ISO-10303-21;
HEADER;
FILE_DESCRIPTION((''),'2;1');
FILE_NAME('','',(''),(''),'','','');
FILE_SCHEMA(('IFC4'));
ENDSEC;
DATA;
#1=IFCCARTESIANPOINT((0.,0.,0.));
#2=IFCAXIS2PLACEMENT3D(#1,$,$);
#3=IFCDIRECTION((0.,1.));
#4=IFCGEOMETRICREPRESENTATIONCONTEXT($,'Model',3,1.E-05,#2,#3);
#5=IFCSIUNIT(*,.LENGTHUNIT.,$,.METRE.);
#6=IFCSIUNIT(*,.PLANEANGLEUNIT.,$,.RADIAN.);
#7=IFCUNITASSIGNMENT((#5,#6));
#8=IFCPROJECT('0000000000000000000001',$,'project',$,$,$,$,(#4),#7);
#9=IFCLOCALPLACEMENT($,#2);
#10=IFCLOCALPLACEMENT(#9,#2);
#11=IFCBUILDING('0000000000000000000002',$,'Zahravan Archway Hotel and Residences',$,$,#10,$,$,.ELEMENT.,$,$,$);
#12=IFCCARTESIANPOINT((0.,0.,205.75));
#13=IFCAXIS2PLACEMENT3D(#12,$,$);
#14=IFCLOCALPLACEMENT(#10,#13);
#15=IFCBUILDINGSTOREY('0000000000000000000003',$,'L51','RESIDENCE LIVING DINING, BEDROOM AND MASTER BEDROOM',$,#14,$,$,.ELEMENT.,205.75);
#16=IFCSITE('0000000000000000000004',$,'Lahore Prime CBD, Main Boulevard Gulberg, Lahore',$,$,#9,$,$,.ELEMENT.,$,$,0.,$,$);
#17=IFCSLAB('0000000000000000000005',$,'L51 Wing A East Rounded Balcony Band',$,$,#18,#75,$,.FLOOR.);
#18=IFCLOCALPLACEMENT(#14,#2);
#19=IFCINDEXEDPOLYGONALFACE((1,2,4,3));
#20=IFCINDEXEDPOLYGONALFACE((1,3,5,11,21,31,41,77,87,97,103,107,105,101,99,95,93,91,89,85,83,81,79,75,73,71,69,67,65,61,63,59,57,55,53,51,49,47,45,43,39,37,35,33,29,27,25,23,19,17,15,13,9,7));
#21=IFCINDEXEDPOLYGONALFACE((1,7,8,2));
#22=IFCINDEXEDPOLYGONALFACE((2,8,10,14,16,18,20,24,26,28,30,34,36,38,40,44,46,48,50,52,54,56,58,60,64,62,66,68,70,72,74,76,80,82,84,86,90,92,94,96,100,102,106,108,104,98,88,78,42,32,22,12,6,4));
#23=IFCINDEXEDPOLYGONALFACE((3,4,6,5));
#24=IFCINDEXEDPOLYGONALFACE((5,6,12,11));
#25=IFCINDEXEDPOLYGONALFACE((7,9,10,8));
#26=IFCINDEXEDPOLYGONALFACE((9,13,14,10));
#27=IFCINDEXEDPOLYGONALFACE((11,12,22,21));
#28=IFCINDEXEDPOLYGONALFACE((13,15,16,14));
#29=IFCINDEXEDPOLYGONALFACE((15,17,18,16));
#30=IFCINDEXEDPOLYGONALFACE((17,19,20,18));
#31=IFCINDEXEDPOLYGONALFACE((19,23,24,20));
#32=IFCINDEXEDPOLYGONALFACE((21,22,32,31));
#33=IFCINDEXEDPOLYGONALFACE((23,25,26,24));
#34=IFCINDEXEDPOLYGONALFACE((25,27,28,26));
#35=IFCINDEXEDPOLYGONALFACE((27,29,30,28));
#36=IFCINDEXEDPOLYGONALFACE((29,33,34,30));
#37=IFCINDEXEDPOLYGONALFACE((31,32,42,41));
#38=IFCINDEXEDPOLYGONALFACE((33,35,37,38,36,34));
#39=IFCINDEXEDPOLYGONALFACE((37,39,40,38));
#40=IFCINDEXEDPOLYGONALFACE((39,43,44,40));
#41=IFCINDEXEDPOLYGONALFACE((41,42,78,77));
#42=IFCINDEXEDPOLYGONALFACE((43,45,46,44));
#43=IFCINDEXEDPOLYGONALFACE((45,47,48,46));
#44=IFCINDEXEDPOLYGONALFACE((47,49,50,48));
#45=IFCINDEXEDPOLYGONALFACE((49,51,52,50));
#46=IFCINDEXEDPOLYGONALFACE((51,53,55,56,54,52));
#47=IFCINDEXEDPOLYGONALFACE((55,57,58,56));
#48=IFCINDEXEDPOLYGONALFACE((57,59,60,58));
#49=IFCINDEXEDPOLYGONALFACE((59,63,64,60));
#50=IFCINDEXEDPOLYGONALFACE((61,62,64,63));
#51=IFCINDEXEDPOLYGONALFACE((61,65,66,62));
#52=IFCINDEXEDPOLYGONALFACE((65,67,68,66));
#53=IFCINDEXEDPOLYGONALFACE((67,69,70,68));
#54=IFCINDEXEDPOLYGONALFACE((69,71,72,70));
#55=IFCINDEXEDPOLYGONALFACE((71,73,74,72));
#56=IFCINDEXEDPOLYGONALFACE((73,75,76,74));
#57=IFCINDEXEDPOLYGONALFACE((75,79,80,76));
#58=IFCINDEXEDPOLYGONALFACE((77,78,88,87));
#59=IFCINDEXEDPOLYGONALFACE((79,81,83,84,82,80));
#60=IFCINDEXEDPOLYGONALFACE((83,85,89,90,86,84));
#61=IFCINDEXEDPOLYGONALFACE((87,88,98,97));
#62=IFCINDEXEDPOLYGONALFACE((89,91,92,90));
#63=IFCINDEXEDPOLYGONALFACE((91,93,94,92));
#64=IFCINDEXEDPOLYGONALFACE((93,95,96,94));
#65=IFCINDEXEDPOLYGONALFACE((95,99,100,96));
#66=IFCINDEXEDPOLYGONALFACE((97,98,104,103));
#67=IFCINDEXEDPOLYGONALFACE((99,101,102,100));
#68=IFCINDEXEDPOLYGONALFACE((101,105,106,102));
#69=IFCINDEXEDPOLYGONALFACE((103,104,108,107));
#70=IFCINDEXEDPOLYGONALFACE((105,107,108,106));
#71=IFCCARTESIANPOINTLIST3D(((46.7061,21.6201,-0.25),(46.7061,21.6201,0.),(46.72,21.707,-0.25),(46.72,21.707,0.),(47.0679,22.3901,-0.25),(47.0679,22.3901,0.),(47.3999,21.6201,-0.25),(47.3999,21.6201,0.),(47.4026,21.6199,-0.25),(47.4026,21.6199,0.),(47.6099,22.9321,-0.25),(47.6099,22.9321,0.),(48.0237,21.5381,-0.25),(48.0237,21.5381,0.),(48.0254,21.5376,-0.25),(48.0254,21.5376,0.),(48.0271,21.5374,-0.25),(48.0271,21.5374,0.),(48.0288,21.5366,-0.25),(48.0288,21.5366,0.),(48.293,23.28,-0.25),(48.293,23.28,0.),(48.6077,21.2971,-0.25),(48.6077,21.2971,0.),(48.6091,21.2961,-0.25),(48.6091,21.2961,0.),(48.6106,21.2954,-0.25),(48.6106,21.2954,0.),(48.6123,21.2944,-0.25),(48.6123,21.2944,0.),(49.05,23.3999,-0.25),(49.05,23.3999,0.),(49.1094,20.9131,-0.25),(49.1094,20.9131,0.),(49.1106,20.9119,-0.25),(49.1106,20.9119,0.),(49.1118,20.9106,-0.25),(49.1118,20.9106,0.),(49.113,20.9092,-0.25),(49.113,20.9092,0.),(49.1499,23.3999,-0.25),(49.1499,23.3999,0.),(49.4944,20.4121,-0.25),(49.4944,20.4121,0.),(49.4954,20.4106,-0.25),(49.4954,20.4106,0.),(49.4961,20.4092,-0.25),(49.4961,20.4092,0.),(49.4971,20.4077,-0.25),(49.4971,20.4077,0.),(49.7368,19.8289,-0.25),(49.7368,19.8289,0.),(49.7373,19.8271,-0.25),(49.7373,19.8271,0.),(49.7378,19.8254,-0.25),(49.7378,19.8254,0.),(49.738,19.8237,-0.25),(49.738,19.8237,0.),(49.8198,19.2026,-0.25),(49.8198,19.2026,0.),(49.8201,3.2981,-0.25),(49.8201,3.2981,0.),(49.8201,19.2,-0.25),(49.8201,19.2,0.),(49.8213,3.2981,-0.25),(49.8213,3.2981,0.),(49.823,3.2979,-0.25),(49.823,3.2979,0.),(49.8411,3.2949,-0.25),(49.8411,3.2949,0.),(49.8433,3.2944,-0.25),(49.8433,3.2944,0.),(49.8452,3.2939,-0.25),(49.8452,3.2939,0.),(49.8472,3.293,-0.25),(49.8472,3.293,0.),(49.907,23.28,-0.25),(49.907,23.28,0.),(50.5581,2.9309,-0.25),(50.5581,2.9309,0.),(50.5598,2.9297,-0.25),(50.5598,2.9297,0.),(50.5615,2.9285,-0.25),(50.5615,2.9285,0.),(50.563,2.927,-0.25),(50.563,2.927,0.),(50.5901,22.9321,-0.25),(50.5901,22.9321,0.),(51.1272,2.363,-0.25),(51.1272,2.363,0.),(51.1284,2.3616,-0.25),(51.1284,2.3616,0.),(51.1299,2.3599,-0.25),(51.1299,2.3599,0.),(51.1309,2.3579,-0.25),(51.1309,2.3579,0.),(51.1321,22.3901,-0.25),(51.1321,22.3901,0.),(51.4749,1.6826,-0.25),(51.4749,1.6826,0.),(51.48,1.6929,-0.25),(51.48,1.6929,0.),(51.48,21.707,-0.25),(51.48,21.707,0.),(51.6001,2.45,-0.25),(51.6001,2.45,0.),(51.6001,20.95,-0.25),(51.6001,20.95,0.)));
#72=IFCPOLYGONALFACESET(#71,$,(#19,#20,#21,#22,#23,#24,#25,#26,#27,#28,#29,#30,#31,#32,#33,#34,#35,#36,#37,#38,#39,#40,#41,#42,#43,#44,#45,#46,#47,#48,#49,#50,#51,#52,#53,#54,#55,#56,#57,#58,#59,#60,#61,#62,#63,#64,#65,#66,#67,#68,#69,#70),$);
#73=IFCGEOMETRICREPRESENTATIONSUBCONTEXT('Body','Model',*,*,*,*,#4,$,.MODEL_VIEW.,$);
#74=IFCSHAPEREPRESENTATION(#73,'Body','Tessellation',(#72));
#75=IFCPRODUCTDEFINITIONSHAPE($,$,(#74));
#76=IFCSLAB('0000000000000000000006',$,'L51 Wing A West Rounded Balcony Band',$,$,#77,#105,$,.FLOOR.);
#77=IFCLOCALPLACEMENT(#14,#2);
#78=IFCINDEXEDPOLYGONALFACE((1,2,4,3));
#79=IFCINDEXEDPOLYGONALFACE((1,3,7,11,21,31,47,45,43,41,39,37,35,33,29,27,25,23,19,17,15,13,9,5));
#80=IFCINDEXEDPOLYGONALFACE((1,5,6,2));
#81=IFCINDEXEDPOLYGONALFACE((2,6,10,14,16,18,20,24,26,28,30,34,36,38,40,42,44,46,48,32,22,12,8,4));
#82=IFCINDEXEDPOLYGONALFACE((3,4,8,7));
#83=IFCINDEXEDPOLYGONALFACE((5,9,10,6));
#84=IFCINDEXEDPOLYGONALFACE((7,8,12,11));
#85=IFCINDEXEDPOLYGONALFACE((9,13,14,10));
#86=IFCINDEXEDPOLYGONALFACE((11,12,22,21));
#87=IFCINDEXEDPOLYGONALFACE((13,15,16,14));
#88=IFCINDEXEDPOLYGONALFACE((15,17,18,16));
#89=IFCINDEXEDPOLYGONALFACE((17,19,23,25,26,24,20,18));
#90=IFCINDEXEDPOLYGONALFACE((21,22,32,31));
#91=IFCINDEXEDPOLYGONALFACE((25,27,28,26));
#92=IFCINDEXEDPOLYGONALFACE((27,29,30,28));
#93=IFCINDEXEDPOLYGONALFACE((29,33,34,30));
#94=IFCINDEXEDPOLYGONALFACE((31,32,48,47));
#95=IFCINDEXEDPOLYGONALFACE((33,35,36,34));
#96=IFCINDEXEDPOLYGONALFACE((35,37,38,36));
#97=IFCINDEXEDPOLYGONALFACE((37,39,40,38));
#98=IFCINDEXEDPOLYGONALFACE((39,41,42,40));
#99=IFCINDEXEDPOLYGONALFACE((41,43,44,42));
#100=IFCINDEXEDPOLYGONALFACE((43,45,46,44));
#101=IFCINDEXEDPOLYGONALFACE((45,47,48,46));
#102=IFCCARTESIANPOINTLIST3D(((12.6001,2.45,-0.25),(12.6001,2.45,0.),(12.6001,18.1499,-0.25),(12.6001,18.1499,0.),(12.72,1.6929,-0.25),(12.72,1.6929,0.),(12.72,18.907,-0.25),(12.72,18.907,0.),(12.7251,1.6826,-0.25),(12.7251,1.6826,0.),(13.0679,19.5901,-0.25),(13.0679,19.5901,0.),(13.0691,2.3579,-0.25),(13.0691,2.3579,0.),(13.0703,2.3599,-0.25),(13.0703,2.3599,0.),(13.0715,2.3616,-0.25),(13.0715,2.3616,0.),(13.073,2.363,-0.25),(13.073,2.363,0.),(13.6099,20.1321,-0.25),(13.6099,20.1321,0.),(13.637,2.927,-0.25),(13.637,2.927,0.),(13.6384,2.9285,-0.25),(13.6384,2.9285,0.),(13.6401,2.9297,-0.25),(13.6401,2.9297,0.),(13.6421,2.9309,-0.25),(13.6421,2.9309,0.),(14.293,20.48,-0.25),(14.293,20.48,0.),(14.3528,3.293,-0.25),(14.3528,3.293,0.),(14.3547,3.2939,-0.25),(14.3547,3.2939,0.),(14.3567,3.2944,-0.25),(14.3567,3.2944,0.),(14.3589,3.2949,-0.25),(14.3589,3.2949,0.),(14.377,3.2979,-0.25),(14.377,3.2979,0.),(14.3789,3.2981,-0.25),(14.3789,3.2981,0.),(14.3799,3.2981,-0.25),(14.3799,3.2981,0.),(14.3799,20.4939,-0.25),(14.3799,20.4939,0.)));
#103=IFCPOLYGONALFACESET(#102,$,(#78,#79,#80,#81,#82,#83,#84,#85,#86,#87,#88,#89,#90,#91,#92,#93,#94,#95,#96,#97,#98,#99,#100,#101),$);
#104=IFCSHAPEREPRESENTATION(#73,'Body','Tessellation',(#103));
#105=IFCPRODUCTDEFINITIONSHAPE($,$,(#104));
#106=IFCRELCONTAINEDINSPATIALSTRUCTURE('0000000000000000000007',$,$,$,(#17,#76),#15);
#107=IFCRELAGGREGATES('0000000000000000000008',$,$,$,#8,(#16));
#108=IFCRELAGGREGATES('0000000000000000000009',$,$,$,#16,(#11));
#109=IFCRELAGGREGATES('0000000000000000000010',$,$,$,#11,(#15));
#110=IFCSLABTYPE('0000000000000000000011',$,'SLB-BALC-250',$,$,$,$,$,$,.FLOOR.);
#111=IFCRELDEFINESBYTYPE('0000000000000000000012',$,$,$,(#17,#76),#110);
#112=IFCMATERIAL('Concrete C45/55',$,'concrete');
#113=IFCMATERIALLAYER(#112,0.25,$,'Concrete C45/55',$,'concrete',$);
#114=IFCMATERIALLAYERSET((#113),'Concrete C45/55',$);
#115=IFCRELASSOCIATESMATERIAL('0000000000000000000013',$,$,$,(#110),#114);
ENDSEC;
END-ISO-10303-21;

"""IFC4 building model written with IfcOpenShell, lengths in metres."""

from ifc_helpers import new_model, si_unit, direction, frame, origin, place, context, subcontext, project, spatial, polyline, outline, extrude, material, layer, layer_set, type_object, element, save


model = new_model("IFC4")

# Units and contexts
model_context = context("Model", 3, precision=1e-05, world=origin(), true_north=direction((0.0, 1.0)))
body_context = subcontext(model_context, "Body", "Model", "MODEL_VIEW")
ifc_project = project(units=[si_unit("LENGTHUNIT", "METRE"), si_unit("PLANEANGLEUNIT", "RADIAN")], contexts=[model_context])

# Site, building, storey
site_placement = place(None, origin())
site = spatial("IfcSite", under=ifc_project, at=site_placement, Name="Lahore Prime CBD, Main Boulevard Gulberg, Lahore", CompositionType="ELEMENT", RefElevation=0.0)
building_placement = place(site_placement, origin())
building = spatial("IfcBuilding", under=site, at=building_placement, Name="Zahravan Archway Hotel and Residences", CompositionType="ELEMENT")
storey_placement = place(building_placement, frame((0.0, 0.0, 205.75)))
storey = spatial("IfcBuildingStorey", under=building, at=storey_placement, Name="L51", Description="RESIDENCE LIVING DINING, BEDROOM AND MASTER BEDROOM", CompositionType="ELEMENT", Elevation=205.75)

# Slabs
ifc_material_1 = material(Name="Concrete C45/55", Category="concrete")
ifc_layer_1 = layer(ifc_material_1, 0.25, Name="Concrete C45/55", Category="concrete")
ifc_layer_set_1 = layer_set([ifc_layer_1], Name="Concrete C45/55")
slab_type_1 = type_object("IfcSlabType", Name="SLB-BALC-250", PredefinedType="FLOOR", material=ifc_layer_set_1)
slab_1_placement = place(storey_placement, frame((0.0, 0.0, -0.25)))
element("IfcSlab", 1, at=slab_1_placement, inside=storey, type_object=slab_type_1, Name="L51 Wing A East Rounded Balcony Band", PredefinedType="FLOOR", context=body_context, shape_type="SweptSolid", body=[
    extrude(outline(polyline([(46.72, 21.707), (47.0679, 22.3901), (47.6099, 22.9321), (48.293, 23.28), (49.05, 23.3999), (49.1499, 23.3999), (49.907, 23.28), (50.5901, 22.9321), (51.1321, 22.3901), (51.48, 21.707), (51.6001, 20.95), (51.6001, 2.45), (51.48, 1.6929), (51.4749, 1.6826), (51.1309, 2.3579), (51.1299, 2.3599), (51.1284, 2.3616), (51.1272, 2.363), (50.563, 2.927), (50.5615, 2.9285), (50.5598, 2.9297), (50.5581, 2.9309), (49.8472, 3.293), (49.8452, 3.2939), (49.8433, 3.2944), (49.8411, 3.2949), (49.823, 3.2979), (49.8213, 3.2981), (49.8201, 3.2981), (49.8201, 19.2), (49.8198, 19.2026), (49.738, 19.8237), (49.7378, 19.8254), (49.7373, 19.8271), (49.7368, 19.8289), (49.4971, 20.4077), (49.4961, 20.4092), (49.4954, 20.4106), (49.4944, 20.4121), (49.113, 20.9092), (49.1118, 20.9106), (49.1106, 20.9119), (49.1094, 20.9131), (48.6123, 21.2944), (48.6106, 21.2954), (48.6091, 21.2961), (48.6077, 21.2971), (48.0288, 21.5366), (48.0271, 21.5374), (48.0254, 21.5376), (48.0237, 21.5381), (47.4026, 21.6199), (47.3999, 21.6201), (46.7061, 21.6201), (46.72, 21.707)])), origin(), (0.0, 0.0, 1.0), 0.25),
])
slab_2_placement = place(storey_placement, frame((0.0, 0.0, -0.25)))
element("IfcSlab", 2, at=slab_2_placement, inside=storey, type_object=slab_type_1, Name="L51 Wing A West Rounded Balcony Band", PredefinedType="FLOOR", context=body_context, shape_type="SweptSolid", body=[
    extrude(outline(polyline([(12.72, 1.6929), (12.6001, 2.45), (12.6001, 18.1499), (12.72, 18.907), (13.0679, 19.5901), (13.6099, 20.1321), (14.293, 20.48), (14.3799, 20.4939), (14.3799, 3.2981), (14.3789, 3.2981), (14.377, 3.2979), (14.3589, 3.2949), (14.3567, 3.2944), (14.3547, 3.2939), (14.3528, 3.293), (13.6421, 2.9309), (13.6401, 2.9297), (13.6384, 2.9285), (13.637, 2.927), (13.073, 2.363), (13.0715, 2.3616), (13.0703, 2.3599), (13.0691, 2.3579), (12.7251, 1.6826), (12.72, 1.6929)])), origin(), (0.0, 0.0, 1.0), 0.25),
])

save(model, "model.ifc")
